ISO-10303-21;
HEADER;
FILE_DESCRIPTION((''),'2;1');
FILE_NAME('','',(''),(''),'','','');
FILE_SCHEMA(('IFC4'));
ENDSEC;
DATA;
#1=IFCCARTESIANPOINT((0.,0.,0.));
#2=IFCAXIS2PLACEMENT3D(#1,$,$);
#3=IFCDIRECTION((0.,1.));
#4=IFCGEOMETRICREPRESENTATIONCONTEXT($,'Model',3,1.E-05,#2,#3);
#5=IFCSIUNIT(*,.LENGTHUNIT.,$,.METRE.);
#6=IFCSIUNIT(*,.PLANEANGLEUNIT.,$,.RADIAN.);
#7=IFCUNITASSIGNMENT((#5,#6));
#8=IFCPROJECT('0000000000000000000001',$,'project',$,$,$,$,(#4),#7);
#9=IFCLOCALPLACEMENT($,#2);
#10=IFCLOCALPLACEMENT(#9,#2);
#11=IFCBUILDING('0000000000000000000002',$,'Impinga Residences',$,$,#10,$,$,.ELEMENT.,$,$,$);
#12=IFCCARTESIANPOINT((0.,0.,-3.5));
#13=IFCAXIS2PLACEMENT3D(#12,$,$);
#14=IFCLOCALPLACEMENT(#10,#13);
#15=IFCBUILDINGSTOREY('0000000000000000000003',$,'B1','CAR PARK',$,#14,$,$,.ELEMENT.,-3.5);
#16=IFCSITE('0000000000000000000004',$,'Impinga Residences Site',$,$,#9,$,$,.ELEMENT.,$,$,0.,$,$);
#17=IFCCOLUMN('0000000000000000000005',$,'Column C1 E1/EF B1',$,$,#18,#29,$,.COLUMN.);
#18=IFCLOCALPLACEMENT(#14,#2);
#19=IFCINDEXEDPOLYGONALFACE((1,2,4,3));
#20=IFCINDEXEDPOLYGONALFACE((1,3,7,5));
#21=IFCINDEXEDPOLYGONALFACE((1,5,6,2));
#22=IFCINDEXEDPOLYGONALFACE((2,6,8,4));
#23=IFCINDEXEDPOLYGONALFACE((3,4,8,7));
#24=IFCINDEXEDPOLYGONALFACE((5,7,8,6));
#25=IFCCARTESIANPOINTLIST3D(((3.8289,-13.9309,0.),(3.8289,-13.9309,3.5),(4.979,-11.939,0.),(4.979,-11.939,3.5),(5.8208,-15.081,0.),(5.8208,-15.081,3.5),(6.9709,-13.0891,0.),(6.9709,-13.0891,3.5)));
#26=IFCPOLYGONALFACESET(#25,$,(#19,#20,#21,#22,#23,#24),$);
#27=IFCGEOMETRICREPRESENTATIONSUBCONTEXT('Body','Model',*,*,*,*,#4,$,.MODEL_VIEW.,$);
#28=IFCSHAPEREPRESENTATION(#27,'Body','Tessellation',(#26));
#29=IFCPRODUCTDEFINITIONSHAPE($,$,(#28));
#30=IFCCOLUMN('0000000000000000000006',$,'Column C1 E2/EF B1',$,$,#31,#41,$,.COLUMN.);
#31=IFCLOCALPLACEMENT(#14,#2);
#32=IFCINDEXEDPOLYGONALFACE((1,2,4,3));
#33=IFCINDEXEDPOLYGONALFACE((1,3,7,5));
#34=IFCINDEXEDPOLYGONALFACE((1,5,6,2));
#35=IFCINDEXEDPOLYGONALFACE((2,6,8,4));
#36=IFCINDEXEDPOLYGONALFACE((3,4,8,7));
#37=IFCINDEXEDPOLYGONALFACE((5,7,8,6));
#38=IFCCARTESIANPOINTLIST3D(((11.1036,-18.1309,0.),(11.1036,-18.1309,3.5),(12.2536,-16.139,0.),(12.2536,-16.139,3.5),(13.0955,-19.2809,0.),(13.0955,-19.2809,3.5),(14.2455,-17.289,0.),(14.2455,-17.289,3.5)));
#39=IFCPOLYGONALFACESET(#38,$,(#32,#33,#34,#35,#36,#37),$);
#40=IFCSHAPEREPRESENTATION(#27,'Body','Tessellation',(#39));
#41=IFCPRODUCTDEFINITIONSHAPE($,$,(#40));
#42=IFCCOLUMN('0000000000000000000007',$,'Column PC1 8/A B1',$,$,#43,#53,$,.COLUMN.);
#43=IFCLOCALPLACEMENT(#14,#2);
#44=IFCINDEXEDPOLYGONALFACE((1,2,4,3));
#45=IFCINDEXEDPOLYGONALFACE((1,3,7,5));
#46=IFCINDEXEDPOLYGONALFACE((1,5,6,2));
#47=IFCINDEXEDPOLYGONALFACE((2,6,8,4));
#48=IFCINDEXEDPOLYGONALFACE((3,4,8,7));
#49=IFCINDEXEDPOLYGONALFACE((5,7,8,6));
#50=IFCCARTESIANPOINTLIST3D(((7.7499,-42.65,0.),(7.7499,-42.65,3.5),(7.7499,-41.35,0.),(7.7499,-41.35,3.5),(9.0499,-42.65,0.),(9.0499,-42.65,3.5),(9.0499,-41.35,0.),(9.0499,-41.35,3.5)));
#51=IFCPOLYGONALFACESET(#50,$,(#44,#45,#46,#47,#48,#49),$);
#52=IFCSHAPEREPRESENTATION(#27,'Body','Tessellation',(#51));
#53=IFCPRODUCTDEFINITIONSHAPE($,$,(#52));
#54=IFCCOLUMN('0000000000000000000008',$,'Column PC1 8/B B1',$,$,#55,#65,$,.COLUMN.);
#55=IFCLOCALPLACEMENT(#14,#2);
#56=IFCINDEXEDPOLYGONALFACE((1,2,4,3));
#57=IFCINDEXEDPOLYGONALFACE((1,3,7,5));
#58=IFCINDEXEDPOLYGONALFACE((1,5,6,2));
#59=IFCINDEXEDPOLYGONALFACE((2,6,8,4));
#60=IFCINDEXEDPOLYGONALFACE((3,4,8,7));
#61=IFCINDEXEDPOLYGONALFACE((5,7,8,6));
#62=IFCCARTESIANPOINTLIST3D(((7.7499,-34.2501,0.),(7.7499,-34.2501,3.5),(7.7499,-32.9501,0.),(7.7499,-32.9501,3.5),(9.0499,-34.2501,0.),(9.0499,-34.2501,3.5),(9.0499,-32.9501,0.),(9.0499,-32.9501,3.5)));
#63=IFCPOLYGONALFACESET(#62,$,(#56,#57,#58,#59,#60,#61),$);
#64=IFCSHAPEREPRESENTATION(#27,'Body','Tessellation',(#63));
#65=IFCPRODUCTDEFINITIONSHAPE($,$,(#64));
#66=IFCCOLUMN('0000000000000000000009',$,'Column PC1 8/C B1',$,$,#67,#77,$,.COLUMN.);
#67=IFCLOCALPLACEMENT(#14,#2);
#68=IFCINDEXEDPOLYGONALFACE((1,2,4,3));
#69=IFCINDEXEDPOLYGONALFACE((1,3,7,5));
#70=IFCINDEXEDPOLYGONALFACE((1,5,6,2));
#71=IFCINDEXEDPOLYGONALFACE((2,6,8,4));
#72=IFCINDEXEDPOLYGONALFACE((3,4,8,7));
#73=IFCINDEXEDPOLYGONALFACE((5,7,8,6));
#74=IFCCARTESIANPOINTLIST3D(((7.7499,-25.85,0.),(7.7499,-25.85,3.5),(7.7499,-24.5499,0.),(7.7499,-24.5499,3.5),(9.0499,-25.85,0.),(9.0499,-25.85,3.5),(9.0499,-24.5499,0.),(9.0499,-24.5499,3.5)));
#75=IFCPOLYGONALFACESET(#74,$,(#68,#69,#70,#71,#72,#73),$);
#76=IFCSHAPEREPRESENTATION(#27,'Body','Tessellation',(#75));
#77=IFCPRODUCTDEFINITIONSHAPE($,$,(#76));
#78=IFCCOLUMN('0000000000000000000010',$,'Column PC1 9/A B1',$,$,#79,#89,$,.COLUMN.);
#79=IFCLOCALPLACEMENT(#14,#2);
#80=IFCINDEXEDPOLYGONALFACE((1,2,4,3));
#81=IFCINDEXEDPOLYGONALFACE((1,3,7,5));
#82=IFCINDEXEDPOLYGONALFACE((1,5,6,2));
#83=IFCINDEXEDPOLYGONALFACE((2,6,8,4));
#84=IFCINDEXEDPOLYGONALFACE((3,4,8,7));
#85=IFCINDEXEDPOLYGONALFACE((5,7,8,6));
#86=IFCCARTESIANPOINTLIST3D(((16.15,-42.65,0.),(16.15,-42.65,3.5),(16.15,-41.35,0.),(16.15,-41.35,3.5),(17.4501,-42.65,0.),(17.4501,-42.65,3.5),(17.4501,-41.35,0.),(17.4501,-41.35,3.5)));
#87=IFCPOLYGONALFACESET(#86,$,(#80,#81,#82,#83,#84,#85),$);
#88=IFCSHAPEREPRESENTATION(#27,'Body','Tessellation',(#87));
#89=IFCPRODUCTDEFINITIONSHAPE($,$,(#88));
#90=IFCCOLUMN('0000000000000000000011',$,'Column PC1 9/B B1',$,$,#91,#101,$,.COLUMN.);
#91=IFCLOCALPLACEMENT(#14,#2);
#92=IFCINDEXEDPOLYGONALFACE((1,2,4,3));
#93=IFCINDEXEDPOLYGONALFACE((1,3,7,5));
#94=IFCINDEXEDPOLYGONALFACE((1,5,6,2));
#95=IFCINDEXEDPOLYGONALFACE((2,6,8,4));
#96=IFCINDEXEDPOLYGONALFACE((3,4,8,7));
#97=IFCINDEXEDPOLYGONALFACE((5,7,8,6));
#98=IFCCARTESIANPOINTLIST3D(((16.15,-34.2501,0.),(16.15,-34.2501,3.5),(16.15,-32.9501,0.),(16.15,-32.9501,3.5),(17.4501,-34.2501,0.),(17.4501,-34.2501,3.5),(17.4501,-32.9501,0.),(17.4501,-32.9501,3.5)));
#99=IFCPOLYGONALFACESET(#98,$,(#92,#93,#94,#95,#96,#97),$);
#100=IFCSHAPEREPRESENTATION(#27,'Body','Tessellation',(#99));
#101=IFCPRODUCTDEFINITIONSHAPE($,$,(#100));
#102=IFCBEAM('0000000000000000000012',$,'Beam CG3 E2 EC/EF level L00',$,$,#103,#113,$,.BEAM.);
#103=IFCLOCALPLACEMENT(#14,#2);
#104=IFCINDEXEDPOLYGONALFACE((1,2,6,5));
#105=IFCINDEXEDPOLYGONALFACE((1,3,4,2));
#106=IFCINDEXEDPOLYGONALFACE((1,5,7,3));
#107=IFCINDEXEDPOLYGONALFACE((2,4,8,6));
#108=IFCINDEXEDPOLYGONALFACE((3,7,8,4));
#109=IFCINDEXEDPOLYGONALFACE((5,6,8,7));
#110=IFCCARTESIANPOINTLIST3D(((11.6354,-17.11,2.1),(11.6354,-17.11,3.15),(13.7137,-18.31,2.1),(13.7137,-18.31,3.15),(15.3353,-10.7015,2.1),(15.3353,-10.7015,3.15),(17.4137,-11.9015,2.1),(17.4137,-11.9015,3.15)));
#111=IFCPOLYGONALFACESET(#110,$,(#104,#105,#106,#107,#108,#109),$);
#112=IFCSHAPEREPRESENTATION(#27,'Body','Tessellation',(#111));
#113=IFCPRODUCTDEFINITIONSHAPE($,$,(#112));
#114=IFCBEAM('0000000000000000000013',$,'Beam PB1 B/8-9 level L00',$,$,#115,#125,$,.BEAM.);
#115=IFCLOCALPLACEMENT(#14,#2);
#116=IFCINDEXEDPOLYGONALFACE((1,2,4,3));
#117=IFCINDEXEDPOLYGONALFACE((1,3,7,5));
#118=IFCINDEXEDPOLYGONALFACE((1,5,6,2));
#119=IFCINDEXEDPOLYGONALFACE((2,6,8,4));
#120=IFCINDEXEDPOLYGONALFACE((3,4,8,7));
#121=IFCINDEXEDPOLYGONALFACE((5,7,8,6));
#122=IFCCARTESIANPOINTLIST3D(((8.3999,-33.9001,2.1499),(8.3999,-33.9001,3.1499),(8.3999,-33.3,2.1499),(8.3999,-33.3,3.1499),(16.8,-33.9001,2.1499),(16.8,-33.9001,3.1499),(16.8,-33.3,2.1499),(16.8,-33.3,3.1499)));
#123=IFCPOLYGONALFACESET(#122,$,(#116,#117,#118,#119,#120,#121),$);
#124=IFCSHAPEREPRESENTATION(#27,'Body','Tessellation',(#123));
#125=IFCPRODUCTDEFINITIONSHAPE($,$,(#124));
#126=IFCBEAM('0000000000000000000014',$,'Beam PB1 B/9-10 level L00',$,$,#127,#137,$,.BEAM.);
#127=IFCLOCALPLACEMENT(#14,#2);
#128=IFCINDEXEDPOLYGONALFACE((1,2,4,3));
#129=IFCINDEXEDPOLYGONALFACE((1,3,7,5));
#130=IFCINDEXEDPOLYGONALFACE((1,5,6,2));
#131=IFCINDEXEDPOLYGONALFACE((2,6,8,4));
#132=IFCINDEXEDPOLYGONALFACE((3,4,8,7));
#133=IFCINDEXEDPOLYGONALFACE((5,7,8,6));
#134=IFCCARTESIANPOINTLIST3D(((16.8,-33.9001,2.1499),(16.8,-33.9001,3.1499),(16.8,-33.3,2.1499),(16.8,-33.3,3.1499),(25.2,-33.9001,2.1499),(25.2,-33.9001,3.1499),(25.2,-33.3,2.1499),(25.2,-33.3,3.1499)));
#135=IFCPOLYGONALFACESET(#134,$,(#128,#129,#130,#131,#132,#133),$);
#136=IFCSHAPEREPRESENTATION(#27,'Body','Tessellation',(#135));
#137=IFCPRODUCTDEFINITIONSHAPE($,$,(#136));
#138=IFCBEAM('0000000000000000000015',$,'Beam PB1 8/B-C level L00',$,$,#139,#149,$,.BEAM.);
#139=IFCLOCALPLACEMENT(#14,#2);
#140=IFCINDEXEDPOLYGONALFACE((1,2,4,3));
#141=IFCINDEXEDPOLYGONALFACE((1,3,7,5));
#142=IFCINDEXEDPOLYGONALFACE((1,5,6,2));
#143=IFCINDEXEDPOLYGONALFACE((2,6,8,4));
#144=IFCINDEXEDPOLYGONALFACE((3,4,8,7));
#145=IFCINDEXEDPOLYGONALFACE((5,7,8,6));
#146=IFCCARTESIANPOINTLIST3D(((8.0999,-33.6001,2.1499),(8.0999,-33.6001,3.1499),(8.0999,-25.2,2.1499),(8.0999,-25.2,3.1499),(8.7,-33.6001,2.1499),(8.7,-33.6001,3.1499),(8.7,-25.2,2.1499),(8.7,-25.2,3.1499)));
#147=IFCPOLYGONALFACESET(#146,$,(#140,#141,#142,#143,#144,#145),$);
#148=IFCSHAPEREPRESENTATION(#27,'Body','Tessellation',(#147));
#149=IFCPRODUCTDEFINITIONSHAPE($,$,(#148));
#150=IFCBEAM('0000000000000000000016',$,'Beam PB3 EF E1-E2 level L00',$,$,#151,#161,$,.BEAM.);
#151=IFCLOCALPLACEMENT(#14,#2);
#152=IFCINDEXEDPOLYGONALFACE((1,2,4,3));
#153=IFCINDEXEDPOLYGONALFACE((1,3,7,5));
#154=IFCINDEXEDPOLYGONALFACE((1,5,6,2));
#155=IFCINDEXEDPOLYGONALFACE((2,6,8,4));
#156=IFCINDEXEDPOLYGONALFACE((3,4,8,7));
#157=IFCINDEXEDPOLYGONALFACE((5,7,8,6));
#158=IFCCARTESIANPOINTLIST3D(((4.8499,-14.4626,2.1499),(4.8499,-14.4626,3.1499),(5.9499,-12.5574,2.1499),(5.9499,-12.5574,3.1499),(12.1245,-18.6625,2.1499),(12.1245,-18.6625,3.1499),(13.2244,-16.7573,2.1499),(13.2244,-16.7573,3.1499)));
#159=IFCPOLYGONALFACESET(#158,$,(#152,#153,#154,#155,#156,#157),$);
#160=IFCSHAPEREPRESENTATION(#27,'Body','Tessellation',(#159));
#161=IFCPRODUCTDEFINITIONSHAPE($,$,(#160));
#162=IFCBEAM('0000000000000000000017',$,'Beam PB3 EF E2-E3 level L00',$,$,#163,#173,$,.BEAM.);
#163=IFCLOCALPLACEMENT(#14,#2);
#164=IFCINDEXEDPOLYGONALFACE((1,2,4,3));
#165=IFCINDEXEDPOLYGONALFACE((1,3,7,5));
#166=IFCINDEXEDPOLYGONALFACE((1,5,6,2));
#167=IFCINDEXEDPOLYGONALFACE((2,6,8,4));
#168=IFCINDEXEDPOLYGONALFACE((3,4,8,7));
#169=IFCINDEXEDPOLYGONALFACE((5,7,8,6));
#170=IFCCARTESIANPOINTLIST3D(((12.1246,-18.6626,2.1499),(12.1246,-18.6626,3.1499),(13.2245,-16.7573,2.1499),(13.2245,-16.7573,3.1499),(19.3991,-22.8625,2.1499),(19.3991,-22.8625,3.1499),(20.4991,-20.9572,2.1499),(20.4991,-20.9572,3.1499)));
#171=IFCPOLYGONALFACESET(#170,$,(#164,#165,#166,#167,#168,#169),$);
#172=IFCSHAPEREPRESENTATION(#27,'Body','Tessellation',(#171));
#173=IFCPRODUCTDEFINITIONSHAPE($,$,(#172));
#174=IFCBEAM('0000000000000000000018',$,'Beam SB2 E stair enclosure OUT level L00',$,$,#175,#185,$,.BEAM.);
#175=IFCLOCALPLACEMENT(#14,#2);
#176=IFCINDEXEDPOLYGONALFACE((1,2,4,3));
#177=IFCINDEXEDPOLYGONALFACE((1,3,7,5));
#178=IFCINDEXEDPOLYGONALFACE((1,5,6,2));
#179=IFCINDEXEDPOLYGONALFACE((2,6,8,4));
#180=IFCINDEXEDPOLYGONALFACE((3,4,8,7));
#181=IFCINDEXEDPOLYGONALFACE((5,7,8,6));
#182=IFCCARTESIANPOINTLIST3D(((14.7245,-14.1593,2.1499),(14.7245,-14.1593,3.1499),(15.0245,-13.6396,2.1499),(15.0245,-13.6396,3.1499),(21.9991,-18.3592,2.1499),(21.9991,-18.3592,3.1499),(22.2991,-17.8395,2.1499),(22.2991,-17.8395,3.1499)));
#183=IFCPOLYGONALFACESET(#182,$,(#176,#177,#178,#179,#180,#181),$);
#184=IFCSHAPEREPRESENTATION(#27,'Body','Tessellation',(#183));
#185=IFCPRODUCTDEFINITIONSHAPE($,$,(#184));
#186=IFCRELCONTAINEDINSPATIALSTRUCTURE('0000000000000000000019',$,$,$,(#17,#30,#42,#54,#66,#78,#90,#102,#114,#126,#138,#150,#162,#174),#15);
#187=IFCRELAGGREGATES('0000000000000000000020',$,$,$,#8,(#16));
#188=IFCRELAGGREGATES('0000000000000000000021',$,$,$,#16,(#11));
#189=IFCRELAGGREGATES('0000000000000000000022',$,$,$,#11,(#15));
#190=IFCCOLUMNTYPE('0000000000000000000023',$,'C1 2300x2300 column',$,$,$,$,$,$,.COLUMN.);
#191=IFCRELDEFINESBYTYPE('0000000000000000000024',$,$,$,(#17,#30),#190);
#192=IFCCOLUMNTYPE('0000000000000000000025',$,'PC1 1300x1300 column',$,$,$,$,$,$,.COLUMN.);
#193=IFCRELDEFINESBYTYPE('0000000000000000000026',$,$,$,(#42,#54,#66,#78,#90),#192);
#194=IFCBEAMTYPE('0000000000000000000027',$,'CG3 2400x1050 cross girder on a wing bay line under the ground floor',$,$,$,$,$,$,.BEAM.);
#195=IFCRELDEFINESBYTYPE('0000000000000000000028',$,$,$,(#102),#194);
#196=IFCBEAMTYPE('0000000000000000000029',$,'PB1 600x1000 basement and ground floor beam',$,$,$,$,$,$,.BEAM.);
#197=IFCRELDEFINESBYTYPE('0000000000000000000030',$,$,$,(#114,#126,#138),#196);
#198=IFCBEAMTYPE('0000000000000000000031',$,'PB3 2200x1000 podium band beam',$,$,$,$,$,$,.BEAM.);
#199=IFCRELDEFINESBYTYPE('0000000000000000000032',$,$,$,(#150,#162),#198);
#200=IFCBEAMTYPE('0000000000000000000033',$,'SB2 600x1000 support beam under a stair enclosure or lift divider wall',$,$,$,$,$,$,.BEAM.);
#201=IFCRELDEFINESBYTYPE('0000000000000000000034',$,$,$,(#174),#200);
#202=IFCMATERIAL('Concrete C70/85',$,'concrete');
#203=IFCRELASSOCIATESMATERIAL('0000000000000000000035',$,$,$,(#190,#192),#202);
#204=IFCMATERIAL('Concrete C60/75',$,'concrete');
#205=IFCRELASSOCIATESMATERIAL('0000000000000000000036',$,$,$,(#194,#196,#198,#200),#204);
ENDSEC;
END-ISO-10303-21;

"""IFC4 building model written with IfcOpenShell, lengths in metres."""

from ifc_helpers import new_model, si_unit, direction, frame, origin, origin_2d, place, context, subcontext, project, spatial, rectangle, extrude, material, material_profile, profile_set, type_object, element, save


model = new_model("IFC4")

# Units and contexts
model_context = context("Model", 3, precision=1e-05, world=origin(), true_north=direction((0.0, 1.0)))
body_context = subcontext(model_context, "Body", "Model", "MODEL_VIEW")
ifc_project = project(units=[si_unit("LENGTHUNIT", "METRE"), si_unit("PLANEANGLEUNIT", "RADIAN")], contexts=[model_context])

# Site, building, storey
site_placement = place(None, origin())
site = spatial("IfcSite", under=ifc_project, at=site_placement, Name="Impinga Residences Site", CompositionType="ELEMENT", RefElevation=0.0)
building_placement = place(site_placement, origin())
building = spatial("IfcBuilding", under=site, at=building_placement, Name="Impinga Residences", CompositionType="ELEMENT")
storey_placement = place(building_placement, frame((0.0, 0.0, -3.5)))
storey = spatial("IfcBuildingStorey", under=building, at=storey_placement, Name="B1", Description="CAR PARK", CompositionType="ELEMENT", Elevation=-3.5)

# Columns
ifc_material_1 = material(Name="Concrete C70/85", Category="concrete")
ifc_material_profile_1 = material_profile(ifc_material_1, rectangle(XDim=2.3, YDim=2.3, at=origin_2d()), Name="RC 2300x2300")
ifc_profile_set_1 = profile_set([ifc_material_profile_1], Name="Concrete C70/85")
column_type_1 = type_object("IfcColumnType", Name="C1 2300x2300 column", PredefinedType="COLUMN", material=ifc_profile_set_1)
for number, where, z_axis, x_axis, name in (
    (1, (5.3999, -13.51, 0.0), (0.0, 0.0, 1.0), (-0.5, -0.866025, 0.0), "Column C1 E1/EF B1"),
    (2, (12.6746, -17.71, 0.0), (0.0, 0.0, 1.0), (-0.5, -0.866025, 0.0), "Column C1 E2/EF B1"),
):
    element("IfcColumn", number, at=place(storey_placement, frame(where, z_axis=z_axis, x_axis=x_axis)), inside=storey, type_object=column_type_1, Name=name, PredefinedType="COLUMN", context=body_context, shape_type="SweptSolid", body=[
        extrude(rectangle(XDim=2.3, YDim=2.3, at=origin_2d()), origin(), (0.0, 0.0, 1.0), 3.5),
    ])
ifc_material_profile_2 = material_profile(ifc_material_1, rectangle(XDim=1.3, YDim=1.3, at=origin_2d()), Name="RC 1300x1300")
ifc_profile_set_2 = profile_set([ifc_material_profile_2], Name="Concrete C70/85")
column_type_2 = type_object("IfcColumnType", Name="PC1 1300x1300 column", PredefinedType="COLUMN", material=ifc_profile_set_2)
for number, where, z_axis, x_axis, name in (
    (3, (8.3999, -42.0, 0.0), (0.0, 0.0, 1.0), (1.0, 0.0, 0.0), "Column PC1 8/A B1"),
    (4, (8.3999, -33.6001, 0.0), (0.0, 0.0, 1.0), (1.0, 0.0, 0.0), "Column PC1 8/B B1"),
    (5, (8.3999, -25.2, 0.0), (0.0, 0.0, 1.0), (1.0, 0.0, 0.0), "Column PC1 8/C B1"),
    (6, (16.8, -42.0, 0.0), (0.0, 0.0, 1.0), (1.0, 0.0, 0.0), "Column PC1 9/A B1"),
    (7, (16.8, -33.6001, 0.0), (0.0, 0.0, 1.0), (1.0, 0.0, 0.0), "Column PC1 9/B B1"),
):
    element("IfcColumn", number, at=place(storey_placement, frame(where, z_axis=z_axis, x_axis=x_axis)), inside=storey, type_object=column_type_2, Name=name, PredefinedType="COLUMN", context=body_context, shape_type="SweptSolid", body=[
        extrude(rectangle(XDim=1.3, YDim=1.3, at=origin_2d()), origin(), (0.0, 0.0, 1.0), 3.5),
    ])

# Beams
ifc_material_2 = material(Name="Concrete C60/75", Category="concrete")
ifc_material_profile_3 = material_profile(ifc_material_2, rectangle(XDim=2.3999, YDim=1.05, at=origin_2d()), Name="RC 2400x1050")
ifc_profile_set_3 = profile_set([ifc_material_profile_3], Name="Concrete C60/75")
beam_type_1 = type_object("IfcBeamType", Name="CG3 2400x1050 cross girder on a wing bay line under the ground floor", PredefinedType="BEAM", material=ifc_profile_set_3)
beam_1_placement = place(storey_placement, frame((16.3745, -11.3015, 2.625), z_axis=(-0.500003, -0.866024, 0.0), x_axis=(0.866024, -0.500003, 0.0)))
element("IfcBeam", 8, at=beam_1_placement, inside=storey, type_object=beam_type_1, Name="Beam CG3 E2 EC/EF level L00", PredefinedType="BEAM", context=body_context, shape_type="SweptSolid", body=[
    extrude(rectangle(XDim=2.3999, YDim=1.05, at=origin_2d()), origin(), (0.0, 0.0, 1.0), 7.3999),
])
ifc_material_profile_4 = material_profile(ifc_material_2, rectangle(XDim=0.6001, YDim=1.0, at=origin_2d()), Name="RC 600x1000")
ifc_profile_set_4 = profile_set([ifc_material_profile_4], Name="Concrete C60/75")
beam_type_2 = type_object("IfcBeamType", Name="PB1 600x1000 basement and ground floor beam", PredefinedType="BEAM", material=ifc_profile_set_4)
beam_2_placement = place(storey_placement, frame((8.3999, -33.6001, 2.6499), z_axis=(1.0, 0.0, 0.0), x_axis=(0.0, 1.0, 0.0)))
element("IfcBeam", 9, at=beam_2_placement, inside=storey, type_object=beam_type_2, Name="Beam PB1 B/8-9 level L00", PredefinedType="BEAM", context=body_context, shape_type="SweptSolid", body=[
    extrude(rectangle(XDim=0.6001, YDim=1.0, at=origin_2d()), origin(), (0.0, 0.0, 1.0), 8.4001),
])
beam_3_placement = place(storey_placement, frame((16.8, -33.6001, 2.6499), z_axis=(1.0, 0.0, 0.0), x_axis=(0.0, 1.0, 0.0)))
element("IfcBeam", 10, at=beam_3_placement, inside=storey, type_object=beam_type_2, Name="Beam PB1 B/9-10 level L00", PredefinedType="BEAM", context=body_context, shape_type="SweptSolid", body=[
    extrude(rectangle(XDim=0.6001, YDim=1.0, at=origin_2d()), origin(), (0.0, 0.0, 1.0), 8.3999),
])
beam_4_placement = place(storey_placement, frame((8.3999, -33.6001, 2.6499), z_axis=(0.0, 1.0, 0.0), x_axis=(-1.0, 0.0, 0.0)))
element("IfcBeam", 11, at=beam_4_placement, inside=storey, type_object=beam_type_2, Name="Beam PB1 8/B-C level L00", PredefinedType="BEAM", context=body_context, shape_type="SweptSolid", body=[
    extrude(rectangle(XDim=0.6001, YDim=1.0, at=origin_2d()), origin(), (0.0, 0.0, 1.0), 8.4001),
])
ifc_material_profile_5 = material_profile(ifc_material_2, rectangle(XDim=2.2, YDim=1.0, at=origin_2d()), Name="RC 2200x1000")
ifc_profile_set_5 = profile_set([ifc_material_profile_5], Name="Concrete C60/75")
beam_type_3 = type_object("IfcBeamType", Name="PB3 2200x1000 podium band beam", PredefinedType="BEAM", material=ifc_profile_set_5)
for number, where, z_axis, x_axis, name in (
    (12, (5.3999, -13.51, 2.6499), (0.866029, -0.499993, 0.0), (0.499993, 0.866029, 0.0), "Beam PB3 EF E1-E2 level L00"),
    (13, (12.6746, -17.71, 2.6499), (0.866029, -0.499993, 0.0), (0.499993, 0.866029, 0.0), "Beam PB3 EF E2-E3 level L00"),
):
    element("IfcBeam", number, at=place(storey_placement, frame(where, z_axis=z_axis, x_axis=x_axis)), inside=storey, type_object=beam_type_3, Name=name, PredefinedType="BEAM", context=body_context, shape_type="SweptSolid", body=[
        extrude(rectangle(XDim=2.2, YDim=1.0, at=origin_2d()), origin(), (0.0, 0.0, 1.0), 8.3999),
    ])
ifc_material_profile_6 = material_profile(ifc_material_2, rectangle(XDim=0.6001, YDim=1.0, at=origin_2d()), Name="RC 600x1000")
ifc_profile_set_6 = profile_set([ifc_material_profile_6], Name="Concrete C60/75")
beam_type_4 = type_object("IfcBeamType", Name="SB2 600x1000 support beam under a stair enclosure or lift divider wall", PredefinedType="BEAM", material=ifc_profile_set_6)
beam_5_placement = place(storey_placement, frame((14.8745, -13.8994, 2.6499), z_axis=(0.866029, -0.499993, 0.0), x_axis=(0.499993, 0.866029, 0.0)))
element("IfcBeam", 14, at=beam_5_placement, inside=storey, type_object=beam_type_4, Name="Beam SB2 E stair enclosure OUT level L00", PredefinedType="BEAM", context=body_context, shape_type="SweptSolid", body=[
    extrude(rectangle(XDim=0.6001, YDim=1.0, at=origin_2d()), origin(), (0.0, 0.0, 1.0), 8.3999),
])

save(model, "model.ifc")
